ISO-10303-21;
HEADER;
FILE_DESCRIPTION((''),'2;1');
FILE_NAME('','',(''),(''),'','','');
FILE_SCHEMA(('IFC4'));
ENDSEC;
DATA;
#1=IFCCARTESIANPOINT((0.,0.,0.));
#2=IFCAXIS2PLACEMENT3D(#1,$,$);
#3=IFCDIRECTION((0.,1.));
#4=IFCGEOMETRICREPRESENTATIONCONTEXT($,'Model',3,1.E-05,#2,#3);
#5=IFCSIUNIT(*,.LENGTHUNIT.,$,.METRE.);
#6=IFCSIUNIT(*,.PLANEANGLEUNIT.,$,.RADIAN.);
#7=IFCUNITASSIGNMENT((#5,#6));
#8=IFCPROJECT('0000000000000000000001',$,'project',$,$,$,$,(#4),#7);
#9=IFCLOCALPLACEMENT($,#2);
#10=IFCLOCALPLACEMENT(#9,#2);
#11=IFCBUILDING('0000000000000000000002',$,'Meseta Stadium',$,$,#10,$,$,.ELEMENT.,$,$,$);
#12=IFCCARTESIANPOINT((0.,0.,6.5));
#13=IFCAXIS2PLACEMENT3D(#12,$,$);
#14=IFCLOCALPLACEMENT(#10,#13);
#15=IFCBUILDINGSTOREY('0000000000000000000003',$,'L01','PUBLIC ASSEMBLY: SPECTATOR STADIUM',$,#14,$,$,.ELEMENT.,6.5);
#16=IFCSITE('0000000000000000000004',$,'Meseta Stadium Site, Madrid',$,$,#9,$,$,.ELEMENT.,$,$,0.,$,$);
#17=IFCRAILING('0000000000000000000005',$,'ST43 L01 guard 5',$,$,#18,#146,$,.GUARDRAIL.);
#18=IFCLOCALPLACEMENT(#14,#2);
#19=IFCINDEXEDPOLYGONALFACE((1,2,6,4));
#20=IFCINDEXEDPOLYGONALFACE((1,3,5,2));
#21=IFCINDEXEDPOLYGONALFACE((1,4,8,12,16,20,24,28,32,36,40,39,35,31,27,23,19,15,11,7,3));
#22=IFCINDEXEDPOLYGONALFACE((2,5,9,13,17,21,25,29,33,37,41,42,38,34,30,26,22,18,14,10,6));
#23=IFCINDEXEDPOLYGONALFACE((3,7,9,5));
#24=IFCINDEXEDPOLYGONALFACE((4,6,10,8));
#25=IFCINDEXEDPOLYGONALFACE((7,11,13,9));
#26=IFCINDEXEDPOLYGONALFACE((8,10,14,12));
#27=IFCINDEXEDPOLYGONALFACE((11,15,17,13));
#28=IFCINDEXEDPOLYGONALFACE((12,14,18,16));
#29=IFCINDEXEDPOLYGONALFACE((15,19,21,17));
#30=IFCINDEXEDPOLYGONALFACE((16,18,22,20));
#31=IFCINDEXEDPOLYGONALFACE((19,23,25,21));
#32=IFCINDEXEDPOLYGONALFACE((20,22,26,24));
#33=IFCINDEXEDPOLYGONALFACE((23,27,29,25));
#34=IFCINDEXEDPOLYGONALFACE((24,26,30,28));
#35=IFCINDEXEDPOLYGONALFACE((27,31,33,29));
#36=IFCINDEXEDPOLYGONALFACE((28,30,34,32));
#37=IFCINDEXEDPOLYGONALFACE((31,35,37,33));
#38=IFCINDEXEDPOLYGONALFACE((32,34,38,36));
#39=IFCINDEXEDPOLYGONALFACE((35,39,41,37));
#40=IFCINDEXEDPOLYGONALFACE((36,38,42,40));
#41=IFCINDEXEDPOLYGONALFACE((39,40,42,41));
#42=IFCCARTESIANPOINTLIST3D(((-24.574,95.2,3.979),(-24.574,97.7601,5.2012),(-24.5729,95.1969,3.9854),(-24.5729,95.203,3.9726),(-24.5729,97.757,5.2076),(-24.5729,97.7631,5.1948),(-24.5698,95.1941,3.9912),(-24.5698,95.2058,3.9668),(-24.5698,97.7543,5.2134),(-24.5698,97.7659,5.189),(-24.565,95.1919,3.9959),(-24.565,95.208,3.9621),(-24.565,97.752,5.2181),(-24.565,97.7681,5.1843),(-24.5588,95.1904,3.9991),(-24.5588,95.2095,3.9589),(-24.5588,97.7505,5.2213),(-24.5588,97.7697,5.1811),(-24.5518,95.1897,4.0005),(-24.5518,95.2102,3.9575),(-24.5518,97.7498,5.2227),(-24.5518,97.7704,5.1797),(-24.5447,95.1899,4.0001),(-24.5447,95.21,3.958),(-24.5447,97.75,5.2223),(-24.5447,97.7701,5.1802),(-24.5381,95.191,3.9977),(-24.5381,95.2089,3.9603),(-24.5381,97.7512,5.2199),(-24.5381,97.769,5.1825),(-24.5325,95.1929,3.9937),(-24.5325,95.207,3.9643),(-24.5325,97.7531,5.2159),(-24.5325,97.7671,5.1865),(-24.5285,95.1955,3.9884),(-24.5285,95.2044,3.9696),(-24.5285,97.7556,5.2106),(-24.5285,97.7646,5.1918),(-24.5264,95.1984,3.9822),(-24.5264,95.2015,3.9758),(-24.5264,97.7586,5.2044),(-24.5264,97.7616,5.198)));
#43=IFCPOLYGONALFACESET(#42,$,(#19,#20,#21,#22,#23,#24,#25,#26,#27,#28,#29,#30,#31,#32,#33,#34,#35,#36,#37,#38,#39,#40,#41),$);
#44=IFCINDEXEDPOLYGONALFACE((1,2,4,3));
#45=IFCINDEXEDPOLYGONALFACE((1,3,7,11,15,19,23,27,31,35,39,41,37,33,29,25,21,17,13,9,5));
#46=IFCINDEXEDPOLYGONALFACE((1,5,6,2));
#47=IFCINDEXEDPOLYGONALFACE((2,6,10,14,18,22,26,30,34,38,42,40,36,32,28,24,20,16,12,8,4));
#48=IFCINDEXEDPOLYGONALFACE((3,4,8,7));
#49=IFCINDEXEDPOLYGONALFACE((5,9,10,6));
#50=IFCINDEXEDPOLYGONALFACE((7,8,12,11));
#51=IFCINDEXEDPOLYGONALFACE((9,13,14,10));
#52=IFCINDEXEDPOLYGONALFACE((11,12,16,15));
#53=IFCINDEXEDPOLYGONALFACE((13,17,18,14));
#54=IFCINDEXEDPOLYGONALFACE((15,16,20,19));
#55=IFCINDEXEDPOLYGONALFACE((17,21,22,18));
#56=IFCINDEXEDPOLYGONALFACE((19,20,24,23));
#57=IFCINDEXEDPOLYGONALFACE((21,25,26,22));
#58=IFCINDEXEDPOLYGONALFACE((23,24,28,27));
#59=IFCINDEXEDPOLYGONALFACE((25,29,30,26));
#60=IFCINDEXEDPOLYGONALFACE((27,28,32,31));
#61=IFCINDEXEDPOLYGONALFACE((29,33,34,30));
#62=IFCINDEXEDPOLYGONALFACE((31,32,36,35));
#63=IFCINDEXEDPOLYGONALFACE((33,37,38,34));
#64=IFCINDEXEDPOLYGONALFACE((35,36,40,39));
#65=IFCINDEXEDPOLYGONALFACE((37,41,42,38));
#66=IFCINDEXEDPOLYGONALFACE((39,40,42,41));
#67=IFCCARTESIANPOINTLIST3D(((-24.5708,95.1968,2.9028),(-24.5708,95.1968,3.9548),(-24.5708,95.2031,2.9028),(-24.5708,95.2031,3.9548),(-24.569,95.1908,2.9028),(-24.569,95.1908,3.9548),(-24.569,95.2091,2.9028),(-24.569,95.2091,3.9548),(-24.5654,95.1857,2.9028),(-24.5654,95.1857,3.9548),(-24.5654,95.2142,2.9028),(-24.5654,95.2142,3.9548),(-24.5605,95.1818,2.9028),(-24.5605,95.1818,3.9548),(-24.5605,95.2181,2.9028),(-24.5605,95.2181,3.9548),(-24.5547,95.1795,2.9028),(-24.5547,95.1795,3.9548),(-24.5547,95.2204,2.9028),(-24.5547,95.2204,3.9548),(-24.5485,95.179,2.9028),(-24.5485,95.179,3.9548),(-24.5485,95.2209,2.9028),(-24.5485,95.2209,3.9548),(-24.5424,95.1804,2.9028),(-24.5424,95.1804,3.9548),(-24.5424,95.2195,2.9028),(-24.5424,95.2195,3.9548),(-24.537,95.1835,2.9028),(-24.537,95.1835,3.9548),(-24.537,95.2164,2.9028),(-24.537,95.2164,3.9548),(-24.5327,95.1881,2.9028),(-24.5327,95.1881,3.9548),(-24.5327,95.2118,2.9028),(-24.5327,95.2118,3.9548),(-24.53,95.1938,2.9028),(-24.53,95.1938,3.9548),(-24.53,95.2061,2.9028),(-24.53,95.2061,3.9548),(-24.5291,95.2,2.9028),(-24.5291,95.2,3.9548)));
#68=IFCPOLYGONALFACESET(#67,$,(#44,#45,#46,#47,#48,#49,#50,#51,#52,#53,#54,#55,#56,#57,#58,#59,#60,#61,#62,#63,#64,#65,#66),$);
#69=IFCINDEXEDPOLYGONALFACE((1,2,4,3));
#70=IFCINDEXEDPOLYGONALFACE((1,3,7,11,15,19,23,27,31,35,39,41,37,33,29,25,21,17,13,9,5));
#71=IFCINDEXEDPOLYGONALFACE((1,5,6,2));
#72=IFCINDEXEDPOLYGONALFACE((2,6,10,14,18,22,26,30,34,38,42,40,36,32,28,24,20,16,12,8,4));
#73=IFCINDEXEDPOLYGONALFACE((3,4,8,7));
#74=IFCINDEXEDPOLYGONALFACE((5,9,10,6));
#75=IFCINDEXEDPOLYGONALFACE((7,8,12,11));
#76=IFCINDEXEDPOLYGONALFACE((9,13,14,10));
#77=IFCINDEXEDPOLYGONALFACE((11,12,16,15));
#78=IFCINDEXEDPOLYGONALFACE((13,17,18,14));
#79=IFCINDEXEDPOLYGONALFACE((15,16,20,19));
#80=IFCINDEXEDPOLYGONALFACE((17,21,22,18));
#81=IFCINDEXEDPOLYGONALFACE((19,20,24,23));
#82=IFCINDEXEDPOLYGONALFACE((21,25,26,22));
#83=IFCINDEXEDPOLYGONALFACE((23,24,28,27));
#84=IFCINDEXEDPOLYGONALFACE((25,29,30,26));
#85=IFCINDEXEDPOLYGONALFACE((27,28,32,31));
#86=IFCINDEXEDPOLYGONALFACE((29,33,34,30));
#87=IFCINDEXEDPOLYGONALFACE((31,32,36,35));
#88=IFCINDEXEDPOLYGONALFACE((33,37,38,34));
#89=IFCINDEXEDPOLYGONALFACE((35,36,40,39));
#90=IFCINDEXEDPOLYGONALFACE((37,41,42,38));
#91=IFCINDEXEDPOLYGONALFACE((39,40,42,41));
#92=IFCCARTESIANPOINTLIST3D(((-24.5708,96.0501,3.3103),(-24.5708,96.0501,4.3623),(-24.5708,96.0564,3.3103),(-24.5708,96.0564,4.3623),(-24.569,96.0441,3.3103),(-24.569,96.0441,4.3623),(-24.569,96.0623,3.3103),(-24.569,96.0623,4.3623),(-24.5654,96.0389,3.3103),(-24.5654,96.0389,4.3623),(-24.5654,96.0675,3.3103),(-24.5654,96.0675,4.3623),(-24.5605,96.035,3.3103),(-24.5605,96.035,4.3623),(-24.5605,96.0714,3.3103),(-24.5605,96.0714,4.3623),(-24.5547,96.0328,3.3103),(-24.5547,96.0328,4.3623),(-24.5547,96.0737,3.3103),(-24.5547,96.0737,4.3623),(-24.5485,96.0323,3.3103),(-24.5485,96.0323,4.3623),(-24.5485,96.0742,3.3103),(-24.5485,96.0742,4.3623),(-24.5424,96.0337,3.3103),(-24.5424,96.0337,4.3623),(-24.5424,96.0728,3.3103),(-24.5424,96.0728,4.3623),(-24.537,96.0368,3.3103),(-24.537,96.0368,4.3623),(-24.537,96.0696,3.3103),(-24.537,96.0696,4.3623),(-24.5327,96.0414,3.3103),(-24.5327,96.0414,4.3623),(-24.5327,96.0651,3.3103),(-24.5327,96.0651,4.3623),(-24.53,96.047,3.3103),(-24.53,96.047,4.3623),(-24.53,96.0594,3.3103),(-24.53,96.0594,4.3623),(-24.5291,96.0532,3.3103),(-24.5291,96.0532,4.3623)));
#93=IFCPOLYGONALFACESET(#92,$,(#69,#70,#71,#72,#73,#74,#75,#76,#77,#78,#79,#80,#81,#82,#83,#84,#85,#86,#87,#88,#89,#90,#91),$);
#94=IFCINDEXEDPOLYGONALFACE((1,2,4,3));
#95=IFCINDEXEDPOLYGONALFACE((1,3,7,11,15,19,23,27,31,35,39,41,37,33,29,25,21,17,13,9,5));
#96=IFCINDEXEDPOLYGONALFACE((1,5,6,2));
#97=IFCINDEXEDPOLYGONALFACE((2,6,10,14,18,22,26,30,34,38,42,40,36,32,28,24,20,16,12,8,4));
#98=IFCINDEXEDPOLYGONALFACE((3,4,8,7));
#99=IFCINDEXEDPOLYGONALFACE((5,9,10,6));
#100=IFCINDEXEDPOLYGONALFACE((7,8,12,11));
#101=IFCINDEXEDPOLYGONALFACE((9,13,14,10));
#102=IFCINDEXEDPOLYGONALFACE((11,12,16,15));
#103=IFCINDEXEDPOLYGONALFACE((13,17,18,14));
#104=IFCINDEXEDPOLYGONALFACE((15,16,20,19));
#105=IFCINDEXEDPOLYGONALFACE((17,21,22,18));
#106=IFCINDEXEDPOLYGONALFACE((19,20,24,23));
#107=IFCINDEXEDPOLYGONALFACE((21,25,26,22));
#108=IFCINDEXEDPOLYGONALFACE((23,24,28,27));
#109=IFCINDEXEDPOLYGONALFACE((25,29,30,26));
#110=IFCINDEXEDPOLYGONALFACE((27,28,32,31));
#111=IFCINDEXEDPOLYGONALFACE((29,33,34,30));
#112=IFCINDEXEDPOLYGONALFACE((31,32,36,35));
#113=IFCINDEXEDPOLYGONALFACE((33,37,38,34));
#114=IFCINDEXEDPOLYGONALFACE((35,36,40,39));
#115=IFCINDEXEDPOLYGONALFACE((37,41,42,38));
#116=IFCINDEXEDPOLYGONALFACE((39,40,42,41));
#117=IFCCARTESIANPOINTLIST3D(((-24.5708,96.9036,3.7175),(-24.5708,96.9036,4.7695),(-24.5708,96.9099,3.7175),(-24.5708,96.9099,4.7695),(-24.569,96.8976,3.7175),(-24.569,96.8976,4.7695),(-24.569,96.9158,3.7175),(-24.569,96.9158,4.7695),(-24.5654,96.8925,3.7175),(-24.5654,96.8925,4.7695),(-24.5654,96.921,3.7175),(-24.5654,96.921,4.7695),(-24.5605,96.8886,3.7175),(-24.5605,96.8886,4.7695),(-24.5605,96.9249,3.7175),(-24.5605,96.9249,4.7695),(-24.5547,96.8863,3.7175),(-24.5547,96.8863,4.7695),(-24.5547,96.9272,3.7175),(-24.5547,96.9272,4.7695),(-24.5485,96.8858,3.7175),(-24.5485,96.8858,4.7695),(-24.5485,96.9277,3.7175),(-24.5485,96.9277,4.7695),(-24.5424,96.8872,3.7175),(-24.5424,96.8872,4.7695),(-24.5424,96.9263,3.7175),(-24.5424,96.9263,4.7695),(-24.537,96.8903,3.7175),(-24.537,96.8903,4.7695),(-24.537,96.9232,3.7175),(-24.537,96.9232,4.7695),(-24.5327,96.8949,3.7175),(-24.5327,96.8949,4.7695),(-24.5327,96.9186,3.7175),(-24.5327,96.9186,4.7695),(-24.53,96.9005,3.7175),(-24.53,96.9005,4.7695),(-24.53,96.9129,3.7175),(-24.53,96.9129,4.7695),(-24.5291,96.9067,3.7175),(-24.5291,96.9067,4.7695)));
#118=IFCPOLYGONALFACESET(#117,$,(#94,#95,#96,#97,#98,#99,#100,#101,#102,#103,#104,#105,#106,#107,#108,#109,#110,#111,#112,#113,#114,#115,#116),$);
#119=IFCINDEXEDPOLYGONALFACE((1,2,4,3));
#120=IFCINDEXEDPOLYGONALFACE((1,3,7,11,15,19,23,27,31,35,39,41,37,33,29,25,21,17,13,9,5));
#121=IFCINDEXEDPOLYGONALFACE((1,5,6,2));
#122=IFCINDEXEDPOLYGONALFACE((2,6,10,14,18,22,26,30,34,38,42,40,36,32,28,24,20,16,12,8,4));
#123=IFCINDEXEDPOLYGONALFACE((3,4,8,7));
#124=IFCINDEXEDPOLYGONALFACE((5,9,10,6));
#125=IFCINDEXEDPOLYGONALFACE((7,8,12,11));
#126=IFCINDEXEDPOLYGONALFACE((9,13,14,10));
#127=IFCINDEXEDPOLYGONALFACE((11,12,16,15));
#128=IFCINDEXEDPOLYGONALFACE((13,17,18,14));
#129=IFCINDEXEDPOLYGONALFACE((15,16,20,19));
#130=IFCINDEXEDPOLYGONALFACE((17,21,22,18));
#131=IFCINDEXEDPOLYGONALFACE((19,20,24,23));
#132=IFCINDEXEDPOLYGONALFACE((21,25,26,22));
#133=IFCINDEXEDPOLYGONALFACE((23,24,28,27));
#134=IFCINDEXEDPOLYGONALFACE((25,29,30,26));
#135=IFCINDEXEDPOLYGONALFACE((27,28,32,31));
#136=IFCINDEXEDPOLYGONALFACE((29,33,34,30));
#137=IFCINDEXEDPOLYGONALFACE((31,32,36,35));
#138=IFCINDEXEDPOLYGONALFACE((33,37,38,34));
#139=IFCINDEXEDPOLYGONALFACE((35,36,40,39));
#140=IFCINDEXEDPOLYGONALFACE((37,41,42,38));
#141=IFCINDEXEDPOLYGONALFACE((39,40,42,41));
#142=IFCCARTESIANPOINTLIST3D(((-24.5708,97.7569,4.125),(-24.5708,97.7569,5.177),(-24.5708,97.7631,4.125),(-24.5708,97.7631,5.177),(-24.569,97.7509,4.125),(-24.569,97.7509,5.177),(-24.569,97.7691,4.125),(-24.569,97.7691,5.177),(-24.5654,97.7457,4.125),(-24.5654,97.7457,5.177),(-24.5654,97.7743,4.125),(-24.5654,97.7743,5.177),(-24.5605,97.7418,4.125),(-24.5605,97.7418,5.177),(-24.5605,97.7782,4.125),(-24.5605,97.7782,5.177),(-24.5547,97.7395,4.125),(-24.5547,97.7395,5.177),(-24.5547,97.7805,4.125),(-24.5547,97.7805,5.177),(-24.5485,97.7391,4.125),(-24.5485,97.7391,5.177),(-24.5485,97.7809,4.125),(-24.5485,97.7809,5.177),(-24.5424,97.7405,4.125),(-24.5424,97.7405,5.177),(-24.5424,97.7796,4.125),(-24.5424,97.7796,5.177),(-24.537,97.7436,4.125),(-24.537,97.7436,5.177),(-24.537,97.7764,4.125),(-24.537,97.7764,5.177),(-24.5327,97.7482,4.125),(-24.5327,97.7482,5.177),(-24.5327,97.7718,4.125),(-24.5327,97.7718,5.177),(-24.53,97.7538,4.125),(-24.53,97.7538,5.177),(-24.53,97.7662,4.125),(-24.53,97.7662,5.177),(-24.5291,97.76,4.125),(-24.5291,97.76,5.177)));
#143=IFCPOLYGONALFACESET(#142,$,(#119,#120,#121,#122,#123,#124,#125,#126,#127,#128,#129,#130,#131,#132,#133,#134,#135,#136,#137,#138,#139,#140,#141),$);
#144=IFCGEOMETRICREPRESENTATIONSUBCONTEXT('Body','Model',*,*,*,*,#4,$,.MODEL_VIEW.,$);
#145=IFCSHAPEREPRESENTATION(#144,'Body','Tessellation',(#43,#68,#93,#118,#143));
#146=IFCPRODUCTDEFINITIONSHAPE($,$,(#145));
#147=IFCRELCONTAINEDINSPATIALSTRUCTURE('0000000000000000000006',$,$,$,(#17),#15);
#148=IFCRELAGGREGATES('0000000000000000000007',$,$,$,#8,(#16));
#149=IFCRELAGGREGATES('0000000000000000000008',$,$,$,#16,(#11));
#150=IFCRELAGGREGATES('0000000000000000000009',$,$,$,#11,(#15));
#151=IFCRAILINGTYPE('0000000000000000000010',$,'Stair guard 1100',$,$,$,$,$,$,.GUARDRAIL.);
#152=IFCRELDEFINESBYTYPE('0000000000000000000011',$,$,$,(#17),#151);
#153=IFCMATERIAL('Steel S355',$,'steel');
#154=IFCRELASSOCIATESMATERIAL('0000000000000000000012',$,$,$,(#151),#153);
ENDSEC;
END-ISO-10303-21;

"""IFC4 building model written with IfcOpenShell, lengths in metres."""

from ifc_helpers import new_model, si_unit, direction, frame, origin, origin_2d, place, context, subcontext, project, spatial, circle, extrude, material, type_object, element, save


model = new_model("IFC4")

# Units and contexts
model_context = context("Model", 3, precision=1e-05, world=origin(), true_north=direction((0.0, 1.0)))
body_context = subcontext(model_context, "Body", "Model", "MODEL_VIEW")
ifc_project = project(units=[si_unit("LENGTHUNIT", "METRE"), si_unit("PLANEANGLEUNIT", "RADIAN")], contexts=[model_context])

# Site, building, storey
site_placement = place(None, origin())
site = spatial("IfcSite", under=ifc_project, at=site_placement, Name="Meseta Stadium Site, Madrid", CompositionType="ELEMENT", RefElevation=0.0)
building_placement = place(site_placement, origin())
building = spatial("IfcBuilding", under=site, at=building_placement, Name="Meseta Stadium", CompositionType="ELEMENT")
storey_placement = place(building_placement, frame((0.0, 0.0, 6.5)))
storey = spatial("IfcBuildingStorey", under=building, at=storey_placement, Name="L01", Description="PUBLIC ASSEMBLY: SPECTATOR STADIUM", CompositionType="ELEMENT", Elevation=6.5)

# Railing
ifc_material_1 = material(Name="Steel S355", Category="steel")
railing_type_1 = type_object("IfcRailingType", Name="Stair guard 1100", PredefinedType="GUARDRAIL", material=ifc_material_1)
railing_1_placement = place(storey_placement, frame((-24.55, 95.2, 2.9028)))
element("IfcRailing", 1, at=railing_1_placement, inside=storey, type_object=railing_type_1, Name="ST43 L01 guard 5", PredefinedType="GUARDRAIL", context=body_context, shape_type="SweptSolid", body=[
    extrude(circle(Radius=0.0239, at=origin_2d()), frame((0.0, 0.0, 1.0762), z_axis=(0.0, 0.902437, 0.430822), x_axis=(-1.0, 0.0, 0.0)), (0.0, 0.0, 1.0), 2.8369),
    extrude(circle(Radius=0.021, at=origin_2d()), origin(), (0.0, 0.0, 1.0), 1.052),
    extrude(circle(Radius=0.021, at=origin_2d()), frame((0.0, 0.8533, 0.4075)), (0.0, 0.0, 1.0), 1.052),
    extrude(circle(Radius=0.021, at=origin_2d()), frame((0.0, 1.7068, 0.8147)), (0.0, 0.0, 1.0), 1.052),
    extrude(circle(Radius=0.021, at=origin_2d()), frame((0.0, 2.5601, 1.2222)), (0.0, 0.0, 1.0), 1.052),
])

save(model, "model.ifc")
